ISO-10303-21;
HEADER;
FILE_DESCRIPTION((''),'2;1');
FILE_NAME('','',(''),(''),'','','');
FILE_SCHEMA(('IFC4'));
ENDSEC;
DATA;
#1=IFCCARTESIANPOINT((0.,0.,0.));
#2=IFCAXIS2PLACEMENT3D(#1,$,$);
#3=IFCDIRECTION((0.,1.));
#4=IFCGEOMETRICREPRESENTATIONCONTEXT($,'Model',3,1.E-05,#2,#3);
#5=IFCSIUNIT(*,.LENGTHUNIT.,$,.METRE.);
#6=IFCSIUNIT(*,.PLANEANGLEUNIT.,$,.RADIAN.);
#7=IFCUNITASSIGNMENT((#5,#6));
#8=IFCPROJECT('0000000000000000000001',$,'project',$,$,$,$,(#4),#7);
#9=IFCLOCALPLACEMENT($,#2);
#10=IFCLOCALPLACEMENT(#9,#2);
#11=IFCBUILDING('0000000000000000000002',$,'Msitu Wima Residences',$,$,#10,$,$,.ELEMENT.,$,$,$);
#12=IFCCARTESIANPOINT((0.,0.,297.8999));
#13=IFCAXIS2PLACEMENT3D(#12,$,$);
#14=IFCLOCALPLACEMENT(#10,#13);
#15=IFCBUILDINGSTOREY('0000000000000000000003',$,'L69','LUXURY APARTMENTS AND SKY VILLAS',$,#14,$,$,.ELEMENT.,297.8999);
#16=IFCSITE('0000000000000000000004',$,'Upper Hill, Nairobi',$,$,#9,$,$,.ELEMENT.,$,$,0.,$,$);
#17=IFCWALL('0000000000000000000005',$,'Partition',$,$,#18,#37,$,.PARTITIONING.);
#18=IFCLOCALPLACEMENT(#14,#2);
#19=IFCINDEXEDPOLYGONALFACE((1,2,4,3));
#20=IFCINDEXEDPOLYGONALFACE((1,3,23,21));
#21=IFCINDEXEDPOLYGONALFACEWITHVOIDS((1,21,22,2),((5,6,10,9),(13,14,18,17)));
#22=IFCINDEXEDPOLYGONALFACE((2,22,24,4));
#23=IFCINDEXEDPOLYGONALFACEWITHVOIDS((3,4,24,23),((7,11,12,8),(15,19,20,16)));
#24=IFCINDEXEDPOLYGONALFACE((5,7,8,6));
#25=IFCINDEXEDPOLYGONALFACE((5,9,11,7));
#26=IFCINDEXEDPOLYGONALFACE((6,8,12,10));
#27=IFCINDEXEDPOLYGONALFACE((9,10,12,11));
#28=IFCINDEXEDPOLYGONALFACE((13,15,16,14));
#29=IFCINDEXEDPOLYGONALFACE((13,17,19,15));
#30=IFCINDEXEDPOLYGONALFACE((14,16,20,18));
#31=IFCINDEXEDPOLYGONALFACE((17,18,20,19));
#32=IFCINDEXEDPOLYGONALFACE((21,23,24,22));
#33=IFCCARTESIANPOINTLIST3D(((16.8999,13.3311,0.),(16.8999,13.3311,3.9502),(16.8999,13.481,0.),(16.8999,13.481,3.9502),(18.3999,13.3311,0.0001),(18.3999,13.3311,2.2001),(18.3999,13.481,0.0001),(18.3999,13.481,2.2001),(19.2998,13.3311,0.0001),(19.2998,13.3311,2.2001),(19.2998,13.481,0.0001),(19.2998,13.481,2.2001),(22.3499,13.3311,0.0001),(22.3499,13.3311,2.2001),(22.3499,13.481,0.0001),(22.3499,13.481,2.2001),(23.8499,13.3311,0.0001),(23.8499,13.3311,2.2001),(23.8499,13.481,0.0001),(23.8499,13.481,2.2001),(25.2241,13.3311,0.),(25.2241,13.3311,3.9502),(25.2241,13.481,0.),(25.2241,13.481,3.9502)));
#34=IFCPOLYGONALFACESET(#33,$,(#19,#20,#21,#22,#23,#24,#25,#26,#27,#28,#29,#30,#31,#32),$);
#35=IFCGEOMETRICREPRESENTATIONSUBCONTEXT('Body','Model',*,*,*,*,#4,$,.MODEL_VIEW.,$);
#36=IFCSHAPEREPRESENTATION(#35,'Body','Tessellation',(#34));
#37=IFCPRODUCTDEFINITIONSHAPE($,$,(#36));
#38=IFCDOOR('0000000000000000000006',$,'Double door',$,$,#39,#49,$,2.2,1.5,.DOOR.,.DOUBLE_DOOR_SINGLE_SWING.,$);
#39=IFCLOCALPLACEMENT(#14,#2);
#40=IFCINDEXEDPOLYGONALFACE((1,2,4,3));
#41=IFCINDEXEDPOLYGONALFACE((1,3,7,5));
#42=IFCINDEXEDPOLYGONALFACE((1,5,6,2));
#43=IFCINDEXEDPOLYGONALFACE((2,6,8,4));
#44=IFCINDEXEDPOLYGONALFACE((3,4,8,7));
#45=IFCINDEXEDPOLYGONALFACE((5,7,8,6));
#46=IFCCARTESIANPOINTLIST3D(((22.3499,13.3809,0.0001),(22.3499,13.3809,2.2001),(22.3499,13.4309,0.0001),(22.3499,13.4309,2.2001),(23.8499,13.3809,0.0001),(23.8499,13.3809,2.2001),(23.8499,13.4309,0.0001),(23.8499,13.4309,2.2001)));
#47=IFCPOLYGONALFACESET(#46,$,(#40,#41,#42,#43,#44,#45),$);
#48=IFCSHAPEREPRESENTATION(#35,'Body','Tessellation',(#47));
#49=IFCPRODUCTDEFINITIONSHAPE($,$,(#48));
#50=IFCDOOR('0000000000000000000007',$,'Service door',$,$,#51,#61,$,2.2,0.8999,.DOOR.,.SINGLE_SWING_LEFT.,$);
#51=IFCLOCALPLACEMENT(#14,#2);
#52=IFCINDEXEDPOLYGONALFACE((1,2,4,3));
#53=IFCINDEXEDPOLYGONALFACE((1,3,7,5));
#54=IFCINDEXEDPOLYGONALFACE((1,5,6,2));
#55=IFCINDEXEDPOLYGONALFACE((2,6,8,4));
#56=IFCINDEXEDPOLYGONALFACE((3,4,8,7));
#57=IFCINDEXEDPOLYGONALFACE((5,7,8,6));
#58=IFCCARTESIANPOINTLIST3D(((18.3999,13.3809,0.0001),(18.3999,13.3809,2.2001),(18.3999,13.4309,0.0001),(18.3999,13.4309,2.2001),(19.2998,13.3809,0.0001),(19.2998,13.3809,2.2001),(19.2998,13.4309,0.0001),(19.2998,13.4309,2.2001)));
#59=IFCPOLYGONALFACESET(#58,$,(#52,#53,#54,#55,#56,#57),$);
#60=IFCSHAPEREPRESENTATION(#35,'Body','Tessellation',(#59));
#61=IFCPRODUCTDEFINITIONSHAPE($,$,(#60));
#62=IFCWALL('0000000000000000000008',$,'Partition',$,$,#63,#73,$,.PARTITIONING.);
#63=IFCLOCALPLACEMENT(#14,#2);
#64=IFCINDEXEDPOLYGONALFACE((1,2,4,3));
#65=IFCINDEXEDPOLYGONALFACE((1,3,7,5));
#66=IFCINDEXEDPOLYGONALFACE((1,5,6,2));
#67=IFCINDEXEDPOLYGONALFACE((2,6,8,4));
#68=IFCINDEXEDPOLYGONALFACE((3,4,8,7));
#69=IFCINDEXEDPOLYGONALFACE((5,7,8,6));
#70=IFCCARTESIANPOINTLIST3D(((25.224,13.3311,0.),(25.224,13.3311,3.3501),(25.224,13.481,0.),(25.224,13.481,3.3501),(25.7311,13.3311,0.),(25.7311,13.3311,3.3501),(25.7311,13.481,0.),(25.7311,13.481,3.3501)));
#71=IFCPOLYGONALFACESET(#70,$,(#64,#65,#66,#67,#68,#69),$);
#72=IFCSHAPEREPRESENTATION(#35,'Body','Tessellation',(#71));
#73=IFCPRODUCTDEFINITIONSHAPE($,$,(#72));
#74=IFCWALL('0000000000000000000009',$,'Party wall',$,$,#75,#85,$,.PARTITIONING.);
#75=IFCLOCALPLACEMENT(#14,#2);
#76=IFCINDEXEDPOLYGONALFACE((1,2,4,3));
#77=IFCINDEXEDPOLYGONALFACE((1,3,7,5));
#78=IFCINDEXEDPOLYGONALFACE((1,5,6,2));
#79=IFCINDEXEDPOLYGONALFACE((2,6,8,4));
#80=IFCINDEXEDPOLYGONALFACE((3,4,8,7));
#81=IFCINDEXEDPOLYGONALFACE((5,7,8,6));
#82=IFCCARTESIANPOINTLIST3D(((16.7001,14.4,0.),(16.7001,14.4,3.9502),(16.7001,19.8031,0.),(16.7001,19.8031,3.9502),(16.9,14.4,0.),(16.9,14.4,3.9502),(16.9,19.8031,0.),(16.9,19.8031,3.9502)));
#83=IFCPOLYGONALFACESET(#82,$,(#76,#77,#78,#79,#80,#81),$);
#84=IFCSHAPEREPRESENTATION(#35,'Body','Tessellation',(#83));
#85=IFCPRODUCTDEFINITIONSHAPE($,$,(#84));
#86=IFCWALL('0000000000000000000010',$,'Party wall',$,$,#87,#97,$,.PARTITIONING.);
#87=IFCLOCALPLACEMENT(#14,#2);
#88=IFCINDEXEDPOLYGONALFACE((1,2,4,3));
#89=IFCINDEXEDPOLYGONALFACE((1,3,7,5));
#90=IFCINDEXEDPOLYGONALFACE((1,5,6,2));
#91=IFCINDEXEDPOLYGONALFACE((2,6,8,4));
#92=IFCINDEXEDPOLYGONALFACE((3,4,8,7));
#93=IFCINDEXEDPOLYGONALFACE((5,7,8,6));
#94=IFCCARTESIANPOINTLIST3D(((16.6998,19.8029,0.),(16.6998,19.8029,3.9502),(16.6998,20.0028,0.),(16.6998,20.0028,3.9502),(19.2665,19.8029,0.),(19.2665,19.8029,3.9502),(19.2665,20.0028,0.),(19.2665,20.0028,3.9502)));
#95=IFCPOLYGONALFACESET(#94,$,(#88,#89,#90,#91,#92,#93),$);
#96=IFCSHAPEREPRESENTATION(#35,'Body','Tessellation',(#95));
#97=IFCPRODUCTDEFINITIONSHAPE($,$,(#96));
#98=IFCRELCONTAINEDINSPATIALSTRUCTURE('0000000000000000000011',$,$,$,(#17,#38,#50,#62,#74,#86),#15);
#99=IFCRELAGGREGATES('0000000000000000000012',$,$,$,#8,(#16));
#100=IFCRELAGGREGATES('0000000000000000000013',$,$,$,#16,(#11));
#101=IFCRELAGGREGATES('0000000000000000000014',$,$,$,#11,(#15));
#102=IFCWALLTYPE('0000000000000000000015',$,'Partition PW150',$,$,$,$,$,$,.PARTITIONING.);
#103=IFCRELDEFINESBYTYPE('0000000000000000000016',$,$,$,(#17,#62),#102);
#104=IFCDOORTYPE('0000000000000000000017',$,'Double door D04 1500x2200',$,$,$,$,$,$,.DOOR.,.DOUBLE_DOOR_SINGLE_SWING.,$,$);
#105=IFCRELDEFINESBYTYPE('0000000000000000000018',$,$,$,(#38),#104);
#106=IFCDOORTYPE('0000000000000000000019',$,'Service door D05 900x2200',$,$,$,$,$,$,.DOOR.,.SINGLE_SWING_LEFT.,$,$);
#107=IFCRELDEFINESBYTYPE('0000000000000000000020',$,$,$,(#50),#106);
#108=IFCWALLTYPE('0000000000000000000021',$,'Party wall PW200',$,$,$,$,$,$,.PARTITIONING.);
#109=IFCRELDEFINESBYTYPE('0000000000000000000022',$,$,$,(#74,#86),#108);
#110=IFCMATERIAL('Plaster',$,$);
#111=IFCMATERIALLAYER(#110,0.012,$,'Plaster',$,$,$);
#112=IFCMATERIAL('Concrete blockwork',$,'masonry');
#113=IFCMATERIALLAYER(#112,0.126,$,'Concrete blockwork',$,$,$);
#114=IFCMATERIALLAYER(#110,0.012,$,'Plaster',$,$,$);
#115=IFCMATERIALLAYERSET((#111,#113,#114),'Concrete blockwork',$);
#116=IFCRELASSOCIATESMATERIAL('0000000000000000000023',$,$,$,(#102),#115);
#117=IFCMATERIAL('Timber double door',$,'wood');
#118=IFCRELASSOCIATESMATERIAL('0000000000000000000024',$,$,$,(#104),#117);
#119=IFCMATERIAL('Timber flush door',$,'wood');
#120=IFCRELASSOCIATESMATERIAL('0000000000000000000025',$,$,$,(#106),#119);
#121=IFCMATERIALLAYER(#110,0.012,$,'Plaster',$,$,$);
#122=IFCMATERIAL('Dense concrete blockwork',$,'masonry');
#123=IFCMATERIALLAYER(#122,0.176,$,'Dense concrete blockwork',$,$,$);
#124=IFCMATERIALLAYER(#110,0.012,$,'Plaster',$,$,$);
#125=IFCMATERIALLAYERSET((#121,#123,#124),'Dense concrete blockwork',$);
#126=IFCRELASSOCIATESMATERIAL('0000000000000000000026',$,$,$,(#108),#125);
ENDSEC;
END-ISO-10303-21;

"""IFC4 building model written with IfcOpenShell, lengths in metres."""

from ifc_helpers import new_model, si_unit, direction, frame, frame_2d, origin, place, context, subcontext, project, spatial, rectangle, extrude, material, layer, layer_set, type_object, element, fill, save


model = new_model("IFC4")

# Units and contexts
model_context = context("Model", 3, precision=1e-05, world=origin(), true_north=direction((0.0, 1.0)))
body_context = subcontext(model_context, "Body", "Model", "MODEL_VIEW")
ifc_project = project(units=[si_unit("LENGTHUNIT", "METRE"), si_unit("PLANEANGLEUNIT", "RADIAN")], contexts=[model_context])

# Site, building, storey
site_placement = place(None, origin())
site = spatial("IfcSite", under=ifc_project, at=site_placement, Name="Upper Hill, Nairobi", CompositionType="ELEMENT", RefElevation=0.0)
building_placement = place(site_placement, origin())
building = spatial("IfcBuilding", under=site, at=building_placement, Name="Msitu Wima Residences", CompositionType="ELEMENT")
storey_placement = place(building_placement, frame((0.0, 0.0, 297.8999)))
storey = spatial("IfcBuildingStorey", under=building, at=storey_placement, Name="L69", Description="LUXURY APARTMENTS AND SKY VILLAS", CompositionType="ELEMENT", Elevation=297.8999)

# Shared definitions
ifc_material_1 = material(Name="Plaster")
ifc_material_2 = material(Name="Concrete blockwork", Category="masonry")

# Wall, openings, doors
ifc_layer_1 = layer(ifc_material_1, 0.012, Name="Plaster")
ifc_layer_2 = layer(ifc_material_2, 0.126, Name="Concrete blockwork")
ifc_layer_3 = layer(ifc_material_1, 0.012, Name="Plaster")
ifc_layer_set_1 = layer_set([ifc_layer_1, ifc_layer_2, ifc_layer_3], Name="Concrete blockwork")
wall_type_1 = type_object("IfcWallType", Name="Partition PW150", PredefinedType="PARTITIONING", material=ifc_layer_set_1)
wall_1_placement = place(storey_placement, frame((16.8999, 13.406, 0.0), z_axis=(0.0, 0.0, 1.0), x_axis=(1.0, 0.0, 0.0)))
wall_1 = element("IfcWall", 1, at=wall_1_placement, inside=storey, type_object=wall_type_1, Name="Partition", PredefinedType="PARTITIONING", context=body_context, shape_type="SweptSolid", body=[
    extrude(rectangle(XDim=8.3242, YDim=0.1499, at=frame_2d((4.1621, 0.0))), origin(), (0.0, 0.0, 1.0), 3.9502),
])
opening_1_placement = place(wall_1_placement, frame((5.45, 0.0, 0.0)))
opening_1 = element("IfcOpeningElement", 2, at=opening_1_placement, cuts=wall_1, PredefinedType="OPENING", context=body_context, shape_type="SweptSolid", body=[
    extrude(rectangle(XDim=1.5, YDim=2.2, at=frame_2d((0.75, 1.1001))), frame((0.0, 0.085, 0.0), z_axis=(0.0, -1.0, 0.0), x_axis=(1.0, 0.0, 0.0)), (0.0, 0.0, 1.0), 0.1699),
])
opening_2_placement = place(wall_1_placement, frame((1.5, 0.0, 0.0)))
opening_2 = element("IfcOpeningElement", 3, at=opening_2_placement, cuts=wall_1, PredefinedType="OPENING", context=body_context, shape_type="SweptSolid", body=[
    extrude(rectangle(XDim=0.8999, YDim=2.2, at=frame_2d((0.45, 1.1001))), frame((0.0, 0.085, 0.0), z_axis=(0.0, -1.0, 0.0), x_axis=(1.0, 0.0, 0.0)), (0.0, 0.0, 1.0), 0.1699),
])
ifc_material_3 = material(Name="Timber double door", Category="wood")
door_type_1 = type_object("IfcDoorType", Name="Double door D04 1500x2200", OperationType="DOUBLE_DOOR_SINGLE_SWING", PredefinedType="DOOR", material=ifc_material_3)
door_1_placement = place(opening_1_placement, origin())
door_1 = element("IfcDoor", 4, at=door_1_placement, inside=storey, type_object=door_type_1, Name="Double door", OperationType="DOUBLE_DOOR_SINGLE_SWING", OverallHeight=2.2, OverallWidth=1.5, PredefinedType="DOOR", context=body_context, shape_type="SweptSolid", body=[
    extrude(rectangle(XDim=1.5, YDim=2.2, at=frame_2d((0.75, 1.1001))), frame((0.0, 0.0249, 0.0), z_axis=(0.0, -1.0, 0.0), x_axis=(1.0, 0.0, 0.0)), (0.0, 0.0, 1.0), 0.05),
])
fill(opening_1, door_1)
ifc_material_4 = material(Name="Timber flush door", Category="wood")
door_type_2 = type_object("IfcDoorType", Name="Service door D05 900x2200", OperationType="SINGLE_SWING_LEFT", PredefinedType="DOOR", material=ifc_material_4)
door_2_placement = place(opening_2_placement, origin())
door_2 = element("IfcDoor", 5, at=door_2_placement, inside=storey, type_object=door_type_2, Name="Service door", OperationType="SINGLE_SWING_LEFT", OverallHeight=2.2, OverallWidth=0.8999, PredefinedType="DOOR", context=body_context, shape_type="SweptSolid", body=[
    extrude(rectangle(XDim=0.8999, YDim=2.2, at=frame_2d((0.45, 1.1001))), frame((0.0, 0.0249, 0.0), z_axis=(0.0, -1.0, 0.0), x_axis=(1.0, 0.0, 0.0)), (0.0, 0.0, 1.0), 0.05),
])
fill(opening_2, door_2)

# Walls
wall_2_placement = place(storey_placement, frame((25.2241, 13.406, 0.0), z_axis=(0.0, 0.0, 1.0), x_axis=(1.0, 0.0, 0.0)))
element("IfcWall", 6, at=wall_2_placement, inside=storey, type_object=wall_type_1, Name="Partition", PredefinedType="PARTITIONING", context=body_context, shape_type="SweptSolid", body=[
    extrude(rectangle(XDim=0.5071, YDim=0.1499, at=frame_2d((0.2534, 0.0))), origin(), (0.0, 0.0, 1.0), 3.3501),
])
ifc_layer_4 = layer(ifc_material_1, 0.012, Name="Plaster")
ifc_material_5 = material(Name="Dense concrete blockwork", Category="masonry")
ifc_layer_5 = layer(ifc_material_5, 0.176, Name="Dense concrete blockwork")
ifc_layer_6 = layer(ifc_material_1, 0.012, Name="Plaster")
ifc_layer_set_2 = layer_set([ifc_layer_4, ifc_layer_5, ifc_layer_6], Name="Dense concrete blockwork")
wall_type_2 = type_object("IfcWallType", Name="Party wall PW200", PredefinedType="PARTITIONING", material=ifc_layer_set_2)
wall_3_placement = place(storey_placement, frame((16.8, 14.3999, 0.0), z_axis=(0.0, 0.0, 1.0), x_axis=(0.0, 1.0, 0.0)))
element("IfcWall", 7, at=wall_3_placement, inside=storey, type_object=wall_type_2, Name="Party wall", PredefinedType="PARTITIONING", context=body_context, shape_type="SweptSolid", body=[
    extrude(rectangle(XDim=5.4031, YDim=0.2, at=frame_2d((2.7017, 0.0))), origin(), (0.0, 0.0, 1.0), 3.9502),
])
wall_4_placement = place(storey_placement, frame((16.7, 19.9028, 0.0), z_axis=(0.0, 0.0, 1.0), x_axis=(1.0, 0.0, 0.0)))
element("IfcWall", 8, at=wall_4_placement, inside=storey, type_object=wall_type_2, Name="Party wall", PredefinedType="PARTITIONING", context=body_context, shape_type="SweptSolid", body=[
    extrude(rectangle(XDim=2.5667, YDim=0.2, at=frame_2d((1.2832, 0.0))), origin(), (0.0, 0.0, 1.0), 3.9502),
])

save(model, "model.ifc")
